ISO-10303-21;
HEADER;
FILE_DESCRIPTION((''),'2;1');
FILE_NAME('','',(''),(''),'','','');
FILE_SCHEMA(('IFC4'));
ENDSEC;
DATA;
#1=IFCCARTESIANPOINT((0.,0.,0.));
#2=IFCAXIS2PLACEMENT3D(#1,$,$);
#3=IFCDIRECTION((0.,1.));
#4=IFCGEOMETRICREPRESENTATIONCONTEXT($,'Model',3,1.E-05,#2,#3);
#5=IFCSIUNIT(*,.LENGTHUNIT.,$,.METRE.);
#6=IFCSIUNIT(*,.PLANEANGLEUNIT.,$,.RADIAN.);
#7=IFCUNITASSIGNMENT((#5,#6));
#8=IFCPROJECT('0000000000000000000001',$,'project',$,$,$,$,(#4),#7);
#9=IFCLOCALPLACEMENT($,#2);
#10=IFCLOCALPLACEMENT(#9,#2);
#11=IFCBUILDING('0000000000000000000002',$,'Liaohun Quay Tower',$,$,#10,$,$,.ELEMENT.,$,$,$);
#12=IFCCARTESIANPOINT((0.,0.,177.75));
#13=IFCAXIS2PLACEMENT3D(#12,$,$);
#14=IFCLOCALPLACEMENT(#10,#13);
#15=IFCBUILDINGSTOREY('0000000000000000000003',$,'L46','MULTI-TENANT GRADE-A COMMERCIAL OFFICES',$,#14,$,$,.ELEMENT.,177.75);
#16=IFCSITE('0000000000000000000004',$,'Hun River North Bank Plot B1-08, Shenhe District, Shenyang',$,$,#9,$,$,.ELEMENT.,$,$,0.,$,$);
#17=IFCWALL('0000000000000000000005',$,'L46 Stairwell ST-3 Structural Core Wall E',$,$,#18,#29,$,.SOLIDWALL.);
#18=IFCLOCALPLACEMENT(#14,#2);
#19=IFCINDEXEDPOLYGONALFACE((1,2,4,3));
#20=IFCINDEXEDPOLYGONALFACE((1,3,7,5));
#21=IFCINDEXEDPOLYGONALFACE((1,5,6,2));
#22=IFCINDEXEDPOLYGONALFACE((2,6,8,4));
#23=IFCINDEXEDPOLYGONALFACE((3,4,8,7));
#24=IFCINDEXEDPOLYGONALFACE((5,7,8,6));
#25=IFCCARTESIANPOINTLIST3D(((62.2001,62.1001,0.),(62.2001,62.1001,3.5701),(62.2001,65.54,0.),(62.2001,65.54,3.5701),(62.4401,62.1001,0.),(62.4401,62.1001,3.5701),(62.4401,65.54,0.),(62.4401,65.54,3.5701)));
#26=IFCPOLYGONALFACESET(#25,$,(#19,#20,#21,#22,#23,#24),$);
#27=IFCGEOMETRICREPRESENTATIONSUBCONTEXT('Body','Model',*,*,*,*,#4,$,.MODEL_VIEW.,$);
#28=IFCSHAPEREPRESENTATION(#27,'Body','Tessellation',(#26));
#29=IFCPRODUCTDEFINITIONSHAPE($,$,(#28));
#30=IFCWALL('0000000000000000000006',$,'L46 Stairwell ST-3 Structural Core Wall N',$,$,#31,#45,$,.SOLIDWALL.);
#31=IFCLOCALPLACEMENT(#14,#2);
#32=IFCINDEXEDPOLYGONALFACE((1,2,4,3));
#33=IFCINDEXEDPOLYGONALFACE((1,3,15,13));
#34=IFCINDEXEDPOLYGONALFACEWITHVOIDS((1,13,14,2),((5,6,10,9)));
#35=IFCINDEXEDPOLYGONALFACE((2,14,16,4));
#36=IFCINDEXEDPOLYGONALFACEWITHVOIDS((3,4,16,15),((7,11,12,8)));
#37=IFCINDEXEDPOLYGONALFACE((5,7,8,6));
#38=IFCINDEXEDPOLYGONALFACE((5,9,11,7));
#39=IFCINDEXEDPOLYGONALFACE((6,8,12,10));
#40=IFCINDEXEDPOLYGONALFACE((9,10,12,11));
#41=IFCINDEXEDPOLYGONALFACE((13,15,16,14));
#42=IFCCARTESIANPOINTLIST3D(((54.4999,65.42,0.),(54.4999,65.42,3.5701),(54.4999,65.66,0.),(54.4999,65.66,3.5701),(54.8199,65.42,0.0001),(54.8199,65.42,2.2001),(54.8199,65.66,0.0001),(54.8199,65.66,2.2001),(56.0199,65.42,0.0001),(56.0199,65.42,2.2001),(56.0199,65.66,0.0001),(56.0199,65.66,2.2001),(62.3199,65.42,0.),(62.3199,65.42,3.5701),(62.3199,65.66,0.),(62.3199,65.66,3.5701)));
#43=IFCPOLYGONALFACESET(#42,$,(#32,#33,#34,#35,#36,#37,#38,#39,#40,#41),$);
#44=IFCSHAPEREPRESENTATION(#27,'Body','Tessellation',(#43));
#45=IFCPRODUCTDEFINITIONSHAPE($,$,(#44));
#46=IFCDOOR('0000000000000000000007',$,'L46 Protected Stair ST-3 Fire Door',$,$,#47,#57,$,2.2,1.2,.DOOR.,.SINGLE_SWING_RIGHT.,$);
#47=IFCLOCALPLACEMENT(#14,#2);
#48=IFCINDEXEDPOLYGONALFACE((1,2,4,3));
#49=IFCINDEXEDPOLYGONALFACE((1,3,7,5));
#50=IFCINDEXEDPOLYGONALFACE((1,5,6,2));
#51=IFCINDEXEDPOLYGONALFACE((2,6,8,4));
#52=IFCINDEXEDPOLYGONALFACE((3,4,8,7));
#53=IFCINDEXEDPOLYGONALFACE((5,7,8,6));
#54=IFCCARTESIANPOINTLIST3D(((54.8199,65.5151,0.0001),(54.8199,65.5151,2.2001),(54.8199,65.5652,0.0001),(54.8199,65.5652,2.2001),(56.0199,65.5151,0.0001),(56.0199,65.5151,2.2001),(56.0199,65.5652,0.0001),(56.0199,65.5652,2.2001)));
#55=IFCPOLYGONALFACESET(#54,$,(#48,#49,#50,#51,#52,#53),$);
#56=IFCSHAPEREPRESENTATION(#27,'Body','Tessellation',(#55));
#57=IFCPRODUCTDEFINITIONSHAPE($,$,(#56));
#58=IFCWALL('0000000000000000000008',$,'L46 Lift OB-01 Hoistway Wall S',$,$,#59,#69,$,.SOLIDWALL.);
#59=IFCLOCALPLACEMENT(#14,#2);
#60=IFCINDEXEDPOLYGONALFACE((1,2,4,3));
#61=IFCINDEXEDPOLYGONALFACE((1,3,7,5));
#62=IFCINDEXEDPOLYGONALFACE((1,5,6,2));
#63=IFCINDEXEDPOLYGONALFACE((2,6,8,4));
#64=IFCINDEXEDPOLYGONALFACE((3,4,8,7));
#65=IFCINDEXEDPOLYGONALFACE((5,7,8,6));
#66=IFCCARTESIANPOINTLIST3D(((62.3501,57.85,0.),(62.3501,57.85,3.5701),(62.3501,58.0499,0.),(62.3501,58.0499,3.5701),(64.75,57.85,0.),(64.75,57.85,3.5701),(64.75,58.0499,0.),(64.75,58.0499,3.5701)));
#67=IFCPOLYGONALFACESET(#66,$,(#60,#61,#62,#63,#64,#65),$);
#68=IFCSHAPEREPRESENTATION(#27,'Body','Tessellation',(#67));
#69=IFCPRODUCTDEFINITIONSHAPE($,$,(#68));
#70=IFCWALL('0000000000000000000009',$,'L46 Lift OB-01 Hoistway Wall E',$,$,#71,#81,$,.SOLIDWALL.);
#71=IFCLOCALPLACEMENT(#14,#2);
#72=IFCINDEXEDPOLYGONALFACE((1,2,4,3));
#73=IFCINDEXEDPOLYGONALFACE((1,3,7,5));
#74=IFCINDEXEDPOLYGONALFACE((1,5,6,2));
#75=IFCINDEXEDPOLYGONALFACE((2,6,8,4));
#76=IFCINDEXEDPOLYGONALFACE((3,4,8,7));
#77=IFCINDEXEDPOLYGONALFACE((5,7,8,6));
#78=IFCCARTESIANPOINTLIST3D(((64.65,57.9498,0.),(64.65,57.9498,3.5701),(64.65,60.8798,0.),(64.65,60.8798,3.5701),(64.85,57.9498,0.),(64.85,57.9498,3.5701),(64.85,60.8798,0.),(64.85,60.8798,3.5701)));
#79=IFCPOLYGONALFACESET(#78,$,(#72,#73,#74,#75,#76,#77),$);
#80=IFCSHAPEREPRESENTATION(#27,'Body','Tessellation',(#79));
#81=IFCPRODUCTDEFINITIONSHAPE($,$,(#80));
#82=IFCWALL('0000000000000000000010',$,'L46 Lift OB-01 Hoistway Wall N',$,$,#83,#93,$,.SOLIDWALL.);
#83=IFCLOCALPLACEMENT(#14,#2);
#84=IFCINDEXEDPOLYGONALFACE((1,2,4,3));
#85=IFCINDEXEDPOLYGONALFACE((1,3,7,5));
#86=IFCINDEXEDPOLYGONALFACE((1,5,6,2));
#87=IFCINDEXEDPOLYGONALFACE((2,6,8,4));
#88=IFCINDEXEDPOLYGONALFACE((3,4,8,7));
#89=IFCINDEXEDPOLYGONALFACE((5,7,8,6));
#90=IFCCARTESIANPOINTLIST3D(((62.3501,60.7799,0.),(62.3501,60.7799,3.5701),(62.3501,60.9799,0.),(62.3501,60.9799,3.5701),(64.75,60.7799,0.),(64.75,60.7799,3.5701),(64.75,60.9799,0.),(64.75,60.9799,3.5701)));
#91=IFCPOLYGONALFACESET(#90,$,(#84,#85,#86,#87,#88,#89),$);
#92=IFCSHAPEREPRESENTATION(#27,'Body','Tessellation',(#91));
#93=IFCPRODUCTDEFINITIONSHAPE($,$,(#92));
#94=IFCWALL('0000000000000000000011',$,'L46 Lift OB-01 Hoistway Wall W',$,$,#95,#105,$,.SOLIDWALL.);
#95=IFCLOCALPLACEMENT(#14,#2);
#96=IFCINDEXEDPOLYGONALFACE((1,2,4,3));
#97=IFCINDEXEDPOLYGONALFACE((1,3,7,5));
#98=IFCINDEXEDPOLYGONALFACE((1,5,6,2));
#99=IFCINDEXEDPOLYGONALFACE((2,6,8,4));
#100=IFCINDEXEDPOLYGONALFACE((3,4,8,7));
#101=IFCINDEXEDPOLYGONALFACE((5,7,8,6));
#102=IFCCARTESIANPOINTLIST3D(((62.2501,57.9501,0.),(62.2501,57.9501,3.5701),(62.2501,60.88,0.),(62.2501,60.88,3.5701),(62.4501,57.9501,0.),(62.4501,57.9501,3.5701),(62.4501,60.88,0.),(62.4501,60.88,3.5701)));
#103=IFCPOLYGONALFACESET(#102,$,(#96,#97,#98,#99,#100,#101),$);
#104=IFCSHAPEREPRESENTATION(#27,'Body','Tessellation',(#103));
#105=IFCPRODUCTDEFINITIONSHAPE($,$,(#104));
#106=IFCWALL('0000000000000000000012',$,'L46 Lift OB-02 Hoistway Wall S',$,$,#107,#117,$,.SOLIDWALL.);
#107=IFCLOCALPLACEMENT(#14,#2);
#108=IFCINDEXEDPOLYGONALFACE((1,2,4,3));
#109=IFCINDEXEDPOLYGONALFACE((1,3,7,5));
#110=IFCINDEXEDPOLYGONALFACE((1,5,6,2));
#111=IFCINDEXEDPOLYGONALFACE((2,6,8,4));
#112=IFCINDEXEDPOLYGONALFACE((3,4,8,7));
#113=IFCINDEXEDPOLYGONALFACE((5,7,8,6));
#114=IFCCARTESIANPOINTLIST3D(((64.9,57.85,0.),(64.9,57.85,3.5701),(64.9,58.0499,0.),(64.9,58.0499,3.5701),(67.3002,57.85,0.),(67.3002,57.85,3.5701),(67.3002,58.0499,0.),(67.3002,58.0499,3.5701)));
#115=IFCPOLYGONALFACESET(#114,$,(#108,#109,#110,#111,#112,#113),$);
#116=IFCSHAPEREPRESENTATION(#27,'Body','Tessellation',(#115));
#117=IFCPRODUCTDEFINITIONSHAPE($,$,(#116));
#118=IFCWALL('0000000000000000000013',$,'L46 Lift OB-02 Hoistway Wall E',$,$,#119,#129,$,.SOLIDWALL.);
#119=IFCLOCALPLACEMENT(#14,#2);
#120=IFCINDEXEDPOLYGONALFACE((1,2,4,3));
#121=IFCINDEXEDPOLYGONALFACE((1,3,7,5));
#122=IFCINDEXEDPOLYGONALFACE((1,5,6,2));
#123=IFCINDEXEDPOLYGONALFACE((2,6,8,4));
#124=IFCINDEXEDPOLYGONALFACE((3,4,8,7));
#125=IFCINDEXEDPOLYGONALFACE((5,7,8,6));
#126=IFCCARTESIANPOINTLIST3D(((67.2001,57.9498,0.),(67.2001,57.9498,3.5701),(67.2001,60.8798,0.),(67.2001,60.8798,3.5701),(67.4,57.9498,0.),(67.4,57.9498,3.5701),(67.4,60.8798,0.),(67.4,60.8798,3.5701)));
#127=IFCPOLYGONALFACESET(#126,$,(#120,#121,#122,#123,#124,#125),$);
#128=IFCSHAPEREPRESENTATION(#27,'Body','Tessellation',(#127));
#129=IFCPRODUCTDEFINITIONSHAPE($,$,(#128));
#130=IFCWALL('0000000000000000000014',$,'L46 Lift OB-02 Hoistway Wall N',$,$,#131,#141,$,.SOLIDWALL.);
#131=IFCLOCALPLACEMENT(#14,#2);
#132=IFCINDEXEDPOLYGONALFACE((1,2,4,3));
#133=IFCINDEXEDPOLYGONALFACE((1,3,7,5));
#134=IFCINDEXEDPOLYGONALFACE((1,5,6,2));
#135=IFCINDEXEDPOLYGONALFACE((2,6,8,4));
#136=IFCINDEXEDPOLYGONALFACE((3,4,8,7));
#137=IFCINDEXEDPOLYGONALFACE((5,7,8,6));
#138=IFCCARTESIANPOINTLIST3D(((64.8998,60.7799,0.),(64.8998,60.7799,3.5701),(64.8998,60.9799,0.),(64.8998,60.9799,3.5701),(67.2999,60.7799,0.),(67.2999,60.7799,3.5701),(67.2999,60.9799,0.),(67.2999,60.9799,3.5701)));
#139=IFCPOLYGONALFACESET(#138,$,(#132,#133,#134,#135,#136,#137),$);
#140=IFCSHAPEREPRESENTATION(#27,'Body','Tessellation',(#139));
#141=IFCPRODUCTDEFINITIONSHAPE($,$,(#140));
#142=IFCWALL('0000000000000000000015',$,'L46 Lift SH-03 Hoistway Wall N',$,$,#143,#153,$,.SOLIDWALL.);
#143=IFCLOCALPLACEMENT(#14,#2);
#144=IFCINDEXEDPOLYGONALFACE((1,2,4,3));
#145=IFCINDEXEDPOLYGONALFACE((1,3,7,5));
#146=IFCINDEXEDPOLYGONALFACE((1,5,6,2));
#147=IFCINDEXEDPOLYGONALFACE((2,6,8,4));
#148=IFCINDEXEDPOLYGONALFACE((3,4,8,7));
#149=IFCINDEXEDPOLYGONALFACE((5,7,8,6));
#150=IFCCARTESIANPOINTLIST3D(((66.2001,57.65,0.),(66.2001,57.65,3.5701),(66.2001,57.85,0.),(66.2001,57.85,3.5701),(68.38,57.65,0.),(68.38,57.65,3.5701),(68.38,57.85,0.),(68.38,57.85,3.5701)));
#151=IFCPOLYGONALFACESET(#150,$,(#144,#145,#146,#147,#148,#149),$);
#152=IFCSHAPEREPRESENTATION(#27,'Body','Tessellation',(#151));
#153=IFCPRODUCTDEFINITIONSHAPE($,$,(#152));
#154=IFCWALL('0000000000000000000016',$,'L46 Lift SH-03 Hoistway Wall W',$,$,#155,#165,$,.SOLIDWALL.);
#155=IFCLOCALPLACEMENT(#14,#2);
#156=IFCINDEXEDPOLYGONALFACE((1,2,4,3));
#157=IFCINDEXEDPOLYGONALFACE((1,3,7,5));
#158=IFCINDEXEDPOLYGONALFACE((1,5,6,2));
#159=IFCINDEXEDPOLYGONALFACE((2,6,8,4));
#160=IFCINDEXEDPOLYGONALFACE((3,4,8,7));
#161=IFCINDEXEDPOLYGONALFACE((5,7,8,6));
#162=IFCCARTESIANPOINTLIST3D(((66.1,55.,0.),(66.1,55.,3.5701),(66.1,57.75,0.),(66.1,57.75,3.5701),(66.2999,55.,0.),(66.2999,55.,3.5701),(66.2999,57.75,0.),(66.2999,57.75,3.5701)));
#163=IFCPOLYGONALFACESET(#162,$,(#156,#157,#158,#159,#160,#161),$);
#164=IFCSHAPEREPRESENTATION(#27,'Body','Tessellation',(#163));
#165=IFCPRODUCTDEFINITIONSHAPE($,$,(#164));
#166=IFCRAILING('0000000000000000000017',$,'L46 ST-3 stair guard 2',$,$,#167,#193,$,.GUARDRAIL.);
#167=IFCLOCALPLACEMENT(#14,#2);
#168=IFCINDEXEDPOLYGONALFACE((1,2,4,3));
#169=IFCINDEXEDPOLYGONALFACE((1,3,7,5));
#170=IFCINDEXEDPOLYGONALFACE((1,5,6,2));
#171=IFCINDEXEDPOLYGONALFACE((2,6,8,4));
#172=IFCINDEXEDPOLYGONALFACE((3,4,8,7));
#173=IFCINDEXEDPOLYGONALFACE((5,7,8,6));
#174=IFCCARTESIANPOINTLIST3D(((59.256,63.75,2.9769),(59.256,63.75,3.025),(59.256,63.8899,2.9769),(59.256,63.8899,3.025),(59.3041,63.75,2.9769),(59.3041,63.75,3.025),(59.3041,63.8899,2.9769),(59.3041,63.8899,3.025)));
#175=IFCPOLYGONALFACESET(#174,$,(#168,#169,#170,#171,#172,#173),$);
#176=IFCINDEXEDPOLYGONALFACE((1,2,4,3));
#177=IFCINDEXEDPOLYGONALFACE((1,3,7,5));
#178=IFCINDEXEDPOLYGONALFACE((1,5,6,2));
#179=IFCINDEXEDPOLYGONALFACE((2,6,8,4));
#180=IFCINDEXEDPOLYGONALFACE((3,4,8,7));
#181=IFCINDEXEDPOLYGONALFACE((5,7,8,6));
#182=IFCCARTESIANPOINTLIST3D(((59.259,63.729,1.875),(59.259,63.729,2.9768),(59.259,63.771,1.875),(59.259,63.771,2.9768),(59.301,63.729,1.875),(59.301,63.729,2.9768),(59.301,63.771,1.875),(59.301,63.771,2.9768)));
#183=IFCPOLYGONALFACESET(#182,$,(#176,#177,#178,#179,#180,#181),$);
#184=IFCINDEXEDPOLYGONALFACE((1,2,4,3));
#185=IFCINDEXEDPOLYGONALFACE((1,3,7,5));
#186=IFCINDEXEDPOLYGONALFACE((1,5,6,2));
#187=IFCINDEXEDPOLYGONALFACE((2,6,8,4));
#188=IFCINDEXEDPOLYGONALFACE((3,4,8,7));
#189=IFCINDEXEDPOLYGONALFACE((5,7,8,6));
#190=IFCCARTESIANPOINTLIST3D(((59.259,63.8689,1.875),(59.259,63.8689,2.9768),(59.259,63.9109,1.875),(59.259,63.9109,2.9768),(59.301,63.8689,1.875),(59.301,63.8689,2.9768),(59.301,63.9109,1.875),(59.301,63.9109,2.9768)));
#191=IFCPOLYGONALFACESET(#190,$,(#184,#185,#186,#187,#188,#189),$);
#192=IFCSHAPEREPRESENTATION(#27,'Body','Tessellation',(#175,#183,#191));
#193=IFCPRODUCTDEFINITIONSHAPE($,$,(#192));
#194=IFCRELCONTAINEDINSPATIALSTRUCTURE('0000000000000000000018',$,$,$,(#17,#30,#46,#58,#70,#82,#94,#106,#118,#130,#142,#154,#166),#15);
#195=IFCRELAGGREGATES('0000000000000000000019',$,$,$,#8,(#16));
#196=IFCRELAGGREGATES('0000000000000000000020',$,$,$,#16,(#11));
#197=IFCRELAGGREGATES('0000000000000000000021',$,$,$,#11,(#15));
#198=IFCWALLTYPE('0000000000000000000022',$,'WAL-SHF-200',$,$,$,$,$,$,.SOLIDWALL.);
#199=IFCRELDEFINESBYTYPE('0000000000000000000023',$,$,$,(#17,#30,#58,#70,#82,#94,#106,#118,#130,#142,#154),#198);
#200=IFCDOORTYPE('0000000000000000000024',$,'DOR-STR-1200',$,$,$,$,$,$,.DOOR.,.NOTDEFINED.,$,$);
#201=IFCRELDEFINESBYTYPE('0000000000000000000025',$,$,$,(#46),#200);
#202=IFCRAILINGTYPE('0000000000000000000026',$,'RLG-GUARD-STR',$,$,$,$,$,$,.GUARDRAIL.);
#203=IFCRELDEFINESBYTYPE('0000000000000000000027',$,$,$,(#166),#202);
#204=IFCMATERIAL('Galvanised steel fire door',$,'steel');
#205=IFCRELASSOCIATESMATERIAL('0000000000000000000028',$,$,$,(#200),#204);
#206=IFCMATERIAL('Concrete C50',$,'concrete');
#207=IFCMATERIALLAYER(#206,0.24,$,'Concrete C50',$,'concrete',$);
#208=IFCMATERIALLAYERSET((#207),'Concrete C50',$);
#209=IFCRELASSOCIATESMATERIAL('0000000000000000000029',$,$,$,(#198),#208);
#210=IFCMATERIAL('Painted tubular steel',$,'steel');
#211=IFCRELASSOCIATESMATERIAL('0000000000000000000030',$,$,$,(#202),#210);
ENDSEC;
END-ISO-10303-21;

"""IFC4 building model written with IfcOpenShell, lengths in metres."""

from ifc_helpers import new_model, si_unit, direction, frame, frame_2d, origin, origin_2d, place, context, subcontext, project, spatial, rectangle, extrude, source, transform, mapped, material, layer, layer_set, type_object, element, fill, save


model = new_model("IFC4")

# Units and contexts
model_context = context("Model", 3, precision=1e-05, world=origin(), true_north=direction((0.0, 1.0)))
body_context = subcontext(model_context, "Body", "Model", "MODEL_VIEW")
ifc_project = project(units=[si_unit("LENGTHUNIT", "METRE"), si_unit("PLANEANGLEUNIT", "RADIAN")], contexts=[model_context])

# Site, building, storey
site_placement = place(None, origin())
site = spatial("IfcSite", under=ifc_project, at=site_placement, Name="Hun River North Bank Plot B1-08, Shenhe District, Shenyang", CompositionType="ELEMENT", RefElevation=0.0)
building_placement = place(site_placement, origin())
building = spatial("IfcBuilding", under=site, at=building_placement, Name="Liaohun Quay Tower", CompositionType="ELEMENT")
storey_placement = place(building_placement, frame((0.0, 0.0, 177.75)))
storey = spatial("IfcBuildingStorey", under=building, at=storey_placement, Name="L46", Description="MULTI-TENANT GRADE-A COMMERCIAL OFFICES", CompositionType="ELEMENT", Elevation=177.75)

# Shared definitions
ifc_material_1 = material(Name="Galvanised steel fire door", Category="steel")
door_type_1 = type_object("IfcDoorType", Name="DOR-STR-1200", OperationType="NOTDEFINED", PredefinedType="DOOR", material=ifc_material_1)
shared_shape_1 = source(origin(), body_context, "Body", "SweptSolid", [
    extrude(rectangle(XDim=1.2, YDim=2.2, at=frame_2d((0.6001, 1.1001))), frame((0.0, 0.0249, 0.0), z_axis=(0.0, -1.0, 0.0), x_axis=(1.0, 0.0, 0.0)), (0.0, 0.0, 1.0), 0.05),
])

# Wall
ifc_material_2 = material(Name="Concrete C50", Category="concrete")
ifc_layer_1 = layer(ifc_material_2, 0.24, Name="Concrete C50", Category="concrete")
ifc_layer_set_1 = layer_set([ifc_layer_1], Name="Concrete C50")
wall_type_1 = type_object("IfcWallType", Name="WAL-SHF-200", PredefinedType="SOLIDWALL", material=ifc_layer_set_1)
wall_1_placement = place(storey_placement, frame((62.3201, 62.1001, 0.0), z_axis=(0.0, 0.0, 1.0), x_axis=(0.0, 1.0, 0.0)))
element("IfcWall", 1, at=wall_1_placement, inside=storey, type_object=wall_type_1, Name="L46 Stairwell ST-3 Structural Core Wall E", PredefinedType="SOLIDWALL", context=body_context, shape_type="SweptSolid", body=[
    extrude(rectangle(XDim=3.4399, YDim=0.24, at=frame_2d((1.72, 0.0))), origin(), (0.0, 0.0, 1.0), 3.5701),
])

# Wall, opening, door
wall_2_placement = place(storey_placement, frame((62.3201, 65.54, 0.0), z_axis=(0.0, 0.0, 1.0), x_axis=(-1.0, 0.0, 0.0)))
wall_2 = element("IfcWall", 2, at=wall_2_placement, inside=storey, type_object=wall_type_1, Name="L46 Stairwell ST-3 Structural Core Wall N", PredefinedType="SOLIDWALL", context=body_context, shape_type="SweptSolid", body=[
    extrude(rectangle(XDim=7.8201, YDim=0.24, at=frame_2d((3.9102, 0.0))), origin(), (0.0, 0.0, 1.0), 3.5701),
])
shared_shape_2 = source(origin(), body_context, "Body", "SweptSolid", [
    extrude(rectangle(XDim=1.2, YDim=2.2, at=frame_2d((0.6001, 1.1001))), frame((0.0, 0.1299, 0.0), z_axis=(0.0, -1.0, 0.0), x_axis=(1.0, 0.0, 0.0)), (0.0, 0.0, 1.0), 0.26),
])
opening_1_placement = place(wall_2_placement, frame((6.3, 0.0, 0.0)))
opening_1 = element("IfcOpeningElement", 3, at=opening_1_placement, cuts=wall_2, PredefinedType="OPENING", context=body_context, shape_type="MappedRepresentation", body=[
    mapped(shared_shape_2, transform((0.0, 0.0, 0.0), x_axis=(1.0, 0.0, 0.0), y_axis=(0.0, 1.0, 0.0), z_axis=(0.0, 0.0, 1.0), scale=1.0)),
])
door_1_placement = place(opening_1_placement, origin())
door_1 = element("IfcDoor", 4, at=door_1_placement, inside=storey, type_object=door_type_1, Name="L46 Protected Stair ST-3 Fire Door", OperationType="SINGLE_SWING_RIGHT", OverallHeight=2.2, OverallWidth=1.2, PredefinedType="DOOR", context=body_context, shape_type="MappedRepresentation", body=[
    mapped(shared_shape_1, transform((0.0, 0.0, 0.0), x_axis=(1.0, 0.0, 0.0), y_axis=(0.0, 1.0, 0.0), z_axis=(0.0, 0.0, 1.0), scale=1.0)),
])
fill(opening_1, door_1)

# Walls
wall_3_placement = place(storey_placement, frame((62.3501, 57.95, 0.0), z_axis=(0.0, 0.0, 1.0), x_axis=(1.0, 0.0, 0.0)))
element("IfcWall", 5, at=wall_3_placement, inside=storey, type_object=wall_type_1, Name="L46 Lift OB-01 Hoistway Wall S", PredefinedType="SOLIDWALL", context=body_context, shape_type="SweptSolid", body=[
    extrude(rectangle(XDim=2.3999, YDim=0.2, at=frame_2d((1.2, 0.0))), origin(), (0.0, 0.0, 1.0), 3.5701),
])
wall_4_placement = place(storey_placement, frame((64.75, 57.95, 0.0), z_axis=(0.0, 0.0, 1.0), x_axis=(0.0, 1.0, 0.0)))
element("IfcWall", 6, at=wall_4_placement, inside=storey, type_object=wall_type_1, Name="L46 Lift OB-01 Hoistway Wall E", PredefinedType="SOLIDWALL", context=body_context, shape_type="SweptSolid", body=[
    extrude(rectangle(XDim=2.9299, YDim=0.2, at=frame_2d((1.4648, 0.0))), origin(), (0.0, 0.0, 1.0), 3.5701),
])
wall_5_placement = place(storey_placement, frame((64.75, 60.8799, 0.0), z_axis=(0.0, 0.0, 1.0), x_axis=(-1.0, 0.0, 0.0)))
element("IfcWall", 7, at=wall_5_placement, inside=storey, type_object=wall_type_1, Name="L46 Lift OB-01 Hoistway Wall N", PredefinedType="SOLIDWALL", context=body_context, shape_type="SweptSolid", body=[
    extrude(rectangle(XDim=2.3999, YDim=0.2, at=frame_2d((1.2, 0.0))), origin(), (0.0, 0.0, 1.0), 3.5701),
])
wall_6_placement = place(storey_placement, frame((62.3501, 60.8799, 0.0), z_axis=(0.0, 0.0, 1.0), x_axis=(0.0, -1.0, 0.0)))
element("IfcWall", 8, at=wall_6_placement, inside=storey, type_object=wall_type_1, Name="L46 Lift OB-01 Hoistway Wall W", PredefinedType="SOLIDWALL", context=body_context, shape_type="SweptSolid", body=[
    extrude(rectangle(XDim=2.9299, YDim=0.2, at=frame_2d((1.4648, 0.0))), origin(), (0.0, 0.0, 1.0), 3.5701),
])
wall_7_placement = place(storey_placement, frame((64.8999, 57.95, 0.0), z_axis=(0.0, 0.0, 1.0), x_axis=(1.0, 0.0, 0.0)))
element("IfcWall", 9, at=wall_7_placement, inside=storey, type_object=wall_type_1, Name="L46 Lift OB-02 Hoistway Wall S", PredefinedType="SOLIDWALL", context=body_context, shape_type="SweptSolid", body=[
    extrude(rectangle(XDim=2.4001, YDim=0.2, at=frame_2d((1.2002, 0.0))), origin(), (0.0, 0.0, 1.0), 3.5701),
])
wall_8_placement = place(storey_placement, frame((67.3, 57.95, 0.0), z_axis=(0.0, 0.0, 1.0), x_axis=(0.0, 1.0, 0.0)))
element("IfcWall", 10, at=wall_8_placement, inside=storey, type_object=wall_type_1, Name="L46 Lift OB-02 Hoistway Wall E", PredefinedType="SOLIDWALL", context=body_context, shape_type="SweptSolid", body=[
    extrude(rectangle(XDim=2.9299, YDim=0.2, at=frame_2d((1.4648, 0.0))), origin(), (0.0, 0.0, 1.0), 3.5701),
])
wall_9_placement = place(storey_placement, frame((67.3, 60.8799, 0.0), z_axis=(0.0, 0.0, 1.0), x_axis=(-1.0, 0.0, 0.0)))
element("IfcWall", 11, at=wall_9_placement, inside=storey, type_object=wall_type_1, Name="L46 Lift OB-02 Hoistway Wall N", PredefinedType="SOLIDWALL", context=body_context, shape_type="SweptSolid", body=[
    extrude(rectangle(XDim=2.4001, YDim=0.2, at=frame_2d((1.2002, 0.0))), origin(), (0.0, 0.0, 1.0), 3.5701),
])
wall_10_placement = place(storey_placement, frame((68.3799, 57.75, 0.0), z_axis=(0.0, 0.0, 1.0), x_axis=(-1.0, 0.0, 0.0)))
element("IfcWall", 12, at=wall_10_placement, inside=storey, type_object=wall_type_1, Name="L46 Lift SH-03 Hoistway Wall N", PredefinedType="SOLIDWALL", context=body_context, shape_type="SweptSolid", body=[
    extrude(rectangle(XDim=2.1799, YDim=0.2, at=frame_2d((1.0898, 0.0))), origin(), (0.0, 0.0, 1.0), 3.5701),
])
wall_11_placement = place(storey_placement, frame((66.2, 57.75, 0.0), z_axis=(0.0, 0.0, 1.0), x_axis=(0.0, -1.0, 0.0)))
element("IfcWall", 13, at=wall_11_placement, inside=storey, type_object=wall_type_1, Name="L46 Lift SH-03 Hoistway Wall W", PredefinedType="SOLIDWALL", context=body_context, shape_type="SweptSolid", body=[
    extrude(rectangle(XDim=2.75, YDim=0.2, at=frame_2d((1.375, 0.0))), origin(), (0.0, 0.0, 1.0), 3.5701),
])

# Railing
ifc_material_3 = material(Name="Painted tubular steel", Category="steel")
railing_type = type_object("IfcRailingType", Name="RLG-GUARD-STR", PredefinedType="GUARDRAIL", material=ifc_material_3)
railing_placement = place(storey_placement, frame((59.28, 63.75, 1.875)))
element("IfcRailing", 14, at=railing_placement, inside=storey, type_object=railing_type, Name="L46 ST-3 stair guard 2", PredefinedType="GUARDRAIL", context=body_context, shape_type="SweptSolid", body=[
    extrude(rectangle(XDim=0.0481, YDim=0.0481, at=origin_2d()), frame((0.0, 0.0, 1.126), z_axis=(0.0, 1.0, 0.0), x_axis=(-1.0, 0.0, 0.0)), (0.0, 0.0, 1.0), 0.1399),
    extrude(rectangle(XDim=0.042, YDim=0.042, at=origin_2d()), origin(), (0.0, 0.0, 1.0), 1.1018),
    extrude(rectangle(XDim=0.042, YDim=0.042, at=origin_2d()), frame((0.0, 0.1399, 0.0)), (0.0, 0.0, 1.0), 1.1018),
])

save(model, "model.ifc")
